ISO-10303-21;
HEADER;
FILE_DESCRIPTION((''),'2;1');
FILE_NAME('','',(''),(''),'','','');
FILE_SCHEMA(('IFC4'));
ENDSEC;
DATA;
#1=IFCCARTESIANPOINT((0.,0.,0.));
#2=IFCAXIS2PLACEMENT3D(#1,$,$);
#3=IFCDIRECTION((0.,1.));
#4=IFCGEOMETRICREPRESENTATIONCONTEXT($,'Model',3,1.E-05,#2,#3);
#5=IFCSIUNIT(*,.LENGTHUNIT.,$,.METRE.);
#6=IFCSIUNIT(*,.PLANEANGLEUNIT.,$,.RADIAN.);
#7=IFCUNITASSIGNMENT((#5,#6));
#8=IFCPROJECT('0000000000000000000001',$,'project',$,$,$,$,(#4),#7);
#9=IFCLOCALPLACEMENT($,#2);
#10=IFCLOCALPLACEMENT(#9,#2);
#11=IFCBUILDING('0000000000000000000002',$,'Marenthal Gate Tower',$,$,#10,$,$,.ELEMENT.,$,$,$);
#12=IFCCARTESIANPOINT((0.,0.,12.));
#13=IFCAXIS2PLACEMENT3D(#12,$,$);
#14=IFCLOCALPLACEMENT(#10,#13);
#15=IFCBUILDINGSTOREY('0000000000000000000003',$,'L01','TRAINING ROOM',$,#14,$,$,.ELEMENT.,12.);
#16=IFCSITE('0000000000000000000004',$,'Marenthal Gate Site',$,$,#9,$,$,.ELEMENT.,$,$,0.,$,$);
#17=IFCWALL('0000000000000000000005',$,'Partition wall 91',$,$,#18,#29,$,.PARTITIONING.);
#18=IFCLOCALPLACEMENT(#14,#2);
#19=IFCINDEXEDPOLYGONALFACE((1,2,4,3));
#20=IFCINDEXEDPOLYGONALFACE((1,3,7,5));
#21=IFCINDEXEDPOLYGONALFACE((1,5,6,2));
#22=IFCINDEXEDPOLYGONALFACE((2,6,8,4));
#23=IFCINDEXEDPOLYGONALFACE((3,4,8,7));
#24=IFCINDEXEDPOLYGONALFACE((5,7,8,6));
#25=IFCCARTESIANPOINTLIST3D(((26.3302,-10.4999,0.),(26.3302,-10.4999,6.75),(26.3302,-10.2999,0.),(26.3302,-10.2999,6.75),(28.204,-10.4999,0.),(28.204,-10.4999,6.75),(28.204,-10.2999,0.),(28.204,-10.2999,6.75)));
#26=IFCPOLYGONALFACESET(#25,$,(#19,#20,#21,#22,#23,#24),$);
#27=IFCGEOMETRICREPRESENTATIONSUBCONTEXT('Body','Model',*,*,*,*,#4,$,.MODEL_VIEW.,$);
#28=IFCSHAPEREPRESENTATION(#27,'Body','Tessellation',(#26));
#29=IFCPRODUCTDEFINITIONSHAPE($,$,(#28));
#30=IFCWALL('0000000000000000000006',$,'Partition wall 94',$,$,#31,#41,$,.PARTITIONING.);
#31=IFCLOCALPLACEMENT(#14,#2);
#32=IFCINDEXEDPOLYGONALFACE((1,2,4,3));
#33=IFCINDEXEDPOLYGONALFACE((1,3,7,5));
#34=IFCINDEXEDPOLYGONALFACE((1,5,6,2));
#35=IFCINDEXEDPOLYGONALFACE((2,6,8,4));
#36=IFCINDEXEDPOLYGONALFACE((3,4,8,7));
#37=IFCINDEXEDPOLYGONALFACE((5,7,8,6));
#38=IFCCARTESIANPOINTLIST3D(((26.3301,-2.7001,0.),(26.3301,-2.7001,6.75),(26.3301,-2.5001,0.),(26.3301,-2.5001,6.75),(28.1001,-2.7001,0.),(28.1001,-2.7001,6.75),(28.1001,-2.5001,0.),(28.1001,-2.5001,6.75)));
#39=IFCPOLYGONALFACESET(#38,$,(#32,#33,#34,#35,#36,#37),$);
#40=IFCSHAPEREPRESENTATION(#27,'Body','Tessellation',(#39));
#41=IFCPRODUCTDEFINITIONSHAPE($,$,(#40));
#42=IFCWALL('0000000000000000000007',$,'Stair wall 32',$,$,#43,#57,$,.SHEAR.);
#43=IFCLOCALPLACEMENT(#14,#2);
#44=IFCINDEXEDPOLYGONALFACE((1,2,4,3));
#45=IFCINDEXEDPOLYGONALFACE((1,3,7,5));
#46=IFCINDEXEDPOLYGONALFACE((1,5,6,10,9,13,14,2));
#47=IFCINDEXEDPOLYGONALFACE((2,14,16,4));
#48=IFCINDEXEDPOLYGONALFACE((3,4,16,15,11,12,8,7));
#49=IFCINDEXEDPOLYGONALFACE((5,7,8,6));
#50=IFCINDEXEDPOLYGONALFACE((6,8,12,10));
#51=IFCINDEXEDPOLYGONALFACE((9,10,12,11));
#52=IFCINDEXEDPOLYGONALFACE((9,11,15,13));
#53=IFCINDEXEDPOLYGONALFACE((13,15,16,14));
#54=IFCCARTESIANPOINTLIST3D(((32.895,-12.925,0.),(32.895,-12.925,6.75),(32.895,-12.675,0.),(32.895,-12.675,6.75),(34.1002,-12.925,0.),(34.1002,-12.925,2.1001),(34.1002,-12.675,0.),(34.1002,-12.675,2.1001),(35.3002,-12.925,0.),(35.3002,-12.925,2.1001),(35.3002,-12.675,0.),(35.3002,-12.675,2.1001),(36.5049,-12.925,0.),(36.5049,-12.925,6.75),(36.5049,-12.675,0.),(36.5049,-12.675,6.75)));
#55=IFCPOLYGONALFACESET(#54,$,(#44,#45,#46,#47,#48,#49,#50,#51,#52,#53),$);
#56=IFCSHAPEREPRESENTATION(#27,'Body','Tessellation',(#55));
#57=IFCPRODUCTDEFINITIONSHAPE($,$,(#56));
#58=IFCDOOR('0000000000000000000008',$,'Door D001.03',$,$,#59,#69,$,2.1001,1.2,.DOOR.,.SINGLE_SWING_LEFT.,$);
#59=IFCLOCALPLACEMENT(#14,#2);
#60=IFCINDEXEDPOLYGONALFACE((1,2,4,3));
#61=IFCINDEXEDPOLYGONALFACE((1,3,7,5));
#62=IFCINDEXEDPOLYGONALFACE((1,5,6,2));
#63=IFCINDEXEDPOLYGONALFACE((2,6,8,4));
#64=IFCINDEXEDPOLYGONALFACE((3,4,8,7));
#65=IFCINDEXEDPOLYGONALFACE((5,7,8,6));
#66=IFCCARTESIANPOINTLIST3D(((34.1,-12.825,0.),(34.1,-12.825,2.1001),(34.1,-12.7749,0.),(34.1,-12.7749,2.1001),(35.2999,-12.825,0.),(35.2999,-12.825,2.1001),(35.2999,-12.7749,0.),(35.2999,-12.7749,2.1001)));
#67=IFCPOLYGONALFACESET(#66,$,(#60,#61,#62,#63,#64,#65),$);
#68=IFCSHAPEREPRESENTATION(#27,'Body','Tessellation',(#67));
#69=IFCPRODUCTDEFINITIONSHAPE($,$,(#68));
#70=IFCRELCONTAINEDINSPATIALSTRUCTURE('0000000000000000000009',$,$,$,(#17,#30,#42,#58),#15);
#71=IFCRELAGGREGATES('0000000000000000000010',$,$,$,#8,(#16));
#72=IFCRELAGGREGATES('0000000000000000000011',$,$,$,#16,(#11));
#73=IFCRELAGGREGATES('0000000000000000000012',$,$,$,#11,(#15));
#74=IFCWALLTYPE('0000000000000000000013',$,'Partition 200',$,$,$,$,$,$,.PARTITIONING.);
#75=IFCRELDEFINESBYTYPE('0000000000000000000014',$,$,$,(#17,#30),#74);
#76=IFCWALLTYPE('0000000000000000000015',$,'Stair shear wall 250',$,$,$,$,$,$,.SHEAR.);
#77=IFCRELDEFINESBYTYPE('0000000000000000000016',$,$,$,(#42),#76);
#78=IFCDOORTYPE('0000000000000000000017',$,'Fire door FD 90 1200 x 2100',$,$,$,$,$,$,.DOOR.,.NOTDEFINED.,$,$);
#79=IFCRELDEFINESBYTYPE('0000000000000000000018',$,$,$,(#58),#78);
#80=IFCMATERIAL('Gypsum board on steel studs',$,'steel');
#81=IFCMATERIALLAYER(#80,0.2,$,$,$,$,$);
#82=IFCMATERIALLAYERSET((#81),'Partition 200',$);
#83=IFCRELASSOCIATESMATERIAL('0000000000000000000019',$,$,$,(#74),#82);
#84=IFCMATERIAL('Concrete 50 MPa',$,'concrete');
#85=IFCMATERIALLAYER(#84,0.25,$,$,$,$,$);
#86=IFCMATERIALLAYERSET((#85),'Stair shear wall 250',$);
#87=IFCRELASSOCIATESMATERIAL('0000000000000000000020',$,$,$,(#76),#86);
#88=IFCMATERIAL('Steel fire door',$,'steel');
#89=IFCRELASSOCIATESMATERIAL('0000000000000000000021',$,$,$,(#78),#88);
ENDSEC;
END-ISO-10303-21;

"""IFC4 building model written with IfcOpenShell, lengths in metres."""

from ifc_helpers import new_model, si_unit, direction, frame, frame_2d, origin, place, context, subcontext, project, spatial, rectangle, extrude, material, layer, layer_set, type_object, element, fill, save


model = new_model("IFC4")

# Units and contexts
model_context = context("Model", 3, precision=1e-05, world=origin(), true_north=direction((0.0, 1.0)))
body_context = subcontext(model_context, "Body", "Model", "MODEL_VIEW")
ifc_project = project(units=[si_unit("LENGTHUNIT", "METRE"), si_unit("PLANEANGLEUNIT", "RADIAN")], contexts=[model_context])

# Site, building, storey
site_placement = place(None, origin())
site = spatial("IfcSite", under=ifc_project, at=site_placement, Name="Marenthal Gate Site", CompositionType="ELEMENT", RefElevation=0.0)
building_placement = place(site_placement, origin())
building = spatial("IfcBuilding", under=site, at=building_placement, Name="Marenthal Gate Tower", CompositionType="ELEMENT")
storey_placement = place(building_placement, frame((0.0, 0.0, 12.0)))
storey = spatial("IfcBuildingStorey", under=building, at=storey_placement, Name="L01", Description="TRAINING ROOM", CompositionType="ELEMENT", Elevation=12.0)

# Walls
ifc_material_1 = material(Name="Gypsum board on steel studs", Category="steel")
ifc_layer_1 = layer(ifc_material_1, 0.2)
ifc_layer_set_1 = layer_set([ifc_layer_1], Name="Partition 200")
wall_type_1 = type_object("IfcWallType", Name="Partition 200", PredefinedType="PARTITIONING", material=ifc_layer_set_1)
wall_1_placement = place(storey_placement, frame((26.3301, -10.3999, 0.0), z_axis=(0.0, 0.0, 1.0), x_axis=(1.0, 0.0, 0.0)))
element("IfcWall", 1, at=wall_1_placement, inside=storey, type_object=wall_type_1, Name="Partition wall 91", PredefinedType="PARTITIONING", context=body_context, shape_type="SweptSolid", body=[
    extrude(rectangle(XDim=1.8738, YDim=0.2, at=frame_2d((0.937, 0.0))), origin(), (0.0, 0.0, 1.0), 6.75),
])
wall_2_placement = place(storey_placement, frame((26.3301, -2.6001, 0.0), z_axis=(0.0, 0.0, 1.0), x_axis=(1.0, 0.0, 0.0)))
element("IfcWall", 2, at=wall_2_placement, inside=storey, type_object=wall_type_1, Name="Partition wall 94", PredefinedType="PARTITIONING", context=body_context, shape_type="SweptSolid", body=[
    extrude(rectangle(XDim=1.77, YDim=0.2, at=frame_2d((0.885, 0.0))), origin(), (0.0, 0.0, 1.0), 6.75),
])

# Wall, opening, door
ifc_material_2 = material(Name="Concrete 50 MPa", Category="concrete")
ifc_layer_2 = layer(ifc_material_2, 0.25)
ifc_layer_set_2 = layer_set([ifc_layer_2], Name="Stair shear wall 250")
wall_type_2 = type_object("IfcWallType", Name="Stair shear wall 250", PredefinedType="SHEAR", material=ifc_layer_set_2)
wall_3_placement = place(storey_placement, frame((32.895, -12.8, 0.0), z_axis=(0.0, 0.0, 1.0), x_axis=(1.0, 0.0, 0.0)))
wall_3 = element("IfcWall", 3, at=wall_3_placement, inside=storey, type_object=wall_type_2, Name="Stair wall 32", PredefinedType="SHEAR", context=body_context, shape_type="SweptSolid", body=[
    extrude(rectangle(XDim=3.6099, YDim=0.25, at=frame_2d((1.8049, 0.0))), origin(), (0.0, 0.0, 1.0), 6.75),
])
opening_1_placement = place(wall_3_placement, frame((1.2051, 0.0, 0.0)))
opening_1 = element("IfcOpeningElement", 4, at=opening_1_placement, cuts=wall_3, PredefinedType="OPENING", context=body_context, shape_type="SweptSolid", body=[
    extrude(rectangle(XDim=1.2, YDim=2.1001, at=frame_2d((0.6001, 1.05))), frame((0.0, 0.135, 0.0), z_axis=(0.0, -1.0, 0.0), x_axis=(1.0, 0.0, 0.0)), (0.0, 0.0, 1.0), 0.27),
])
ifc_material_3 = material(Name="Steel fire door", Category="steel")
door_type_1 = type_object("IfcDoorType", Name="Fire door FD 90 1200 x 2100", OperationType="NOTDEFINED", PredefinedType="DOOR", material=ifc_material_3)
door_1_placement = place(opening_1_placement, frame((1.2, 0.0, 0.0), z_axis=(0.0, 0.0, 1.0), x_axis=(-1.0, 0.0, 0.0)))
door_1 = element("IfcDoor", 5, at=door_1_placement, inside=storey, type_object=door_type_1, Name="Door D001.03", OperationType="SINGLE_SWING_LEFT", OverallHeight=2.1001, OverallWidth=1.2, PredefinedType="DOOR", context=body_context, shape_type="SweptSolid", body=[
    extrude(rectangle(XDim=1.2, YDim=2.1001, at=frame_2d((0.6001, 1.05))), frame((0.0, 0.0249, 0.0), z_axis=(0.0, -1.0, 0.0), x_axis=(1.0, 0.0, 0.0)), (0.0, 0.0, 1.0), 0.05),
])
fill(opening_1, door_1)

save(model, "model.ifc")
